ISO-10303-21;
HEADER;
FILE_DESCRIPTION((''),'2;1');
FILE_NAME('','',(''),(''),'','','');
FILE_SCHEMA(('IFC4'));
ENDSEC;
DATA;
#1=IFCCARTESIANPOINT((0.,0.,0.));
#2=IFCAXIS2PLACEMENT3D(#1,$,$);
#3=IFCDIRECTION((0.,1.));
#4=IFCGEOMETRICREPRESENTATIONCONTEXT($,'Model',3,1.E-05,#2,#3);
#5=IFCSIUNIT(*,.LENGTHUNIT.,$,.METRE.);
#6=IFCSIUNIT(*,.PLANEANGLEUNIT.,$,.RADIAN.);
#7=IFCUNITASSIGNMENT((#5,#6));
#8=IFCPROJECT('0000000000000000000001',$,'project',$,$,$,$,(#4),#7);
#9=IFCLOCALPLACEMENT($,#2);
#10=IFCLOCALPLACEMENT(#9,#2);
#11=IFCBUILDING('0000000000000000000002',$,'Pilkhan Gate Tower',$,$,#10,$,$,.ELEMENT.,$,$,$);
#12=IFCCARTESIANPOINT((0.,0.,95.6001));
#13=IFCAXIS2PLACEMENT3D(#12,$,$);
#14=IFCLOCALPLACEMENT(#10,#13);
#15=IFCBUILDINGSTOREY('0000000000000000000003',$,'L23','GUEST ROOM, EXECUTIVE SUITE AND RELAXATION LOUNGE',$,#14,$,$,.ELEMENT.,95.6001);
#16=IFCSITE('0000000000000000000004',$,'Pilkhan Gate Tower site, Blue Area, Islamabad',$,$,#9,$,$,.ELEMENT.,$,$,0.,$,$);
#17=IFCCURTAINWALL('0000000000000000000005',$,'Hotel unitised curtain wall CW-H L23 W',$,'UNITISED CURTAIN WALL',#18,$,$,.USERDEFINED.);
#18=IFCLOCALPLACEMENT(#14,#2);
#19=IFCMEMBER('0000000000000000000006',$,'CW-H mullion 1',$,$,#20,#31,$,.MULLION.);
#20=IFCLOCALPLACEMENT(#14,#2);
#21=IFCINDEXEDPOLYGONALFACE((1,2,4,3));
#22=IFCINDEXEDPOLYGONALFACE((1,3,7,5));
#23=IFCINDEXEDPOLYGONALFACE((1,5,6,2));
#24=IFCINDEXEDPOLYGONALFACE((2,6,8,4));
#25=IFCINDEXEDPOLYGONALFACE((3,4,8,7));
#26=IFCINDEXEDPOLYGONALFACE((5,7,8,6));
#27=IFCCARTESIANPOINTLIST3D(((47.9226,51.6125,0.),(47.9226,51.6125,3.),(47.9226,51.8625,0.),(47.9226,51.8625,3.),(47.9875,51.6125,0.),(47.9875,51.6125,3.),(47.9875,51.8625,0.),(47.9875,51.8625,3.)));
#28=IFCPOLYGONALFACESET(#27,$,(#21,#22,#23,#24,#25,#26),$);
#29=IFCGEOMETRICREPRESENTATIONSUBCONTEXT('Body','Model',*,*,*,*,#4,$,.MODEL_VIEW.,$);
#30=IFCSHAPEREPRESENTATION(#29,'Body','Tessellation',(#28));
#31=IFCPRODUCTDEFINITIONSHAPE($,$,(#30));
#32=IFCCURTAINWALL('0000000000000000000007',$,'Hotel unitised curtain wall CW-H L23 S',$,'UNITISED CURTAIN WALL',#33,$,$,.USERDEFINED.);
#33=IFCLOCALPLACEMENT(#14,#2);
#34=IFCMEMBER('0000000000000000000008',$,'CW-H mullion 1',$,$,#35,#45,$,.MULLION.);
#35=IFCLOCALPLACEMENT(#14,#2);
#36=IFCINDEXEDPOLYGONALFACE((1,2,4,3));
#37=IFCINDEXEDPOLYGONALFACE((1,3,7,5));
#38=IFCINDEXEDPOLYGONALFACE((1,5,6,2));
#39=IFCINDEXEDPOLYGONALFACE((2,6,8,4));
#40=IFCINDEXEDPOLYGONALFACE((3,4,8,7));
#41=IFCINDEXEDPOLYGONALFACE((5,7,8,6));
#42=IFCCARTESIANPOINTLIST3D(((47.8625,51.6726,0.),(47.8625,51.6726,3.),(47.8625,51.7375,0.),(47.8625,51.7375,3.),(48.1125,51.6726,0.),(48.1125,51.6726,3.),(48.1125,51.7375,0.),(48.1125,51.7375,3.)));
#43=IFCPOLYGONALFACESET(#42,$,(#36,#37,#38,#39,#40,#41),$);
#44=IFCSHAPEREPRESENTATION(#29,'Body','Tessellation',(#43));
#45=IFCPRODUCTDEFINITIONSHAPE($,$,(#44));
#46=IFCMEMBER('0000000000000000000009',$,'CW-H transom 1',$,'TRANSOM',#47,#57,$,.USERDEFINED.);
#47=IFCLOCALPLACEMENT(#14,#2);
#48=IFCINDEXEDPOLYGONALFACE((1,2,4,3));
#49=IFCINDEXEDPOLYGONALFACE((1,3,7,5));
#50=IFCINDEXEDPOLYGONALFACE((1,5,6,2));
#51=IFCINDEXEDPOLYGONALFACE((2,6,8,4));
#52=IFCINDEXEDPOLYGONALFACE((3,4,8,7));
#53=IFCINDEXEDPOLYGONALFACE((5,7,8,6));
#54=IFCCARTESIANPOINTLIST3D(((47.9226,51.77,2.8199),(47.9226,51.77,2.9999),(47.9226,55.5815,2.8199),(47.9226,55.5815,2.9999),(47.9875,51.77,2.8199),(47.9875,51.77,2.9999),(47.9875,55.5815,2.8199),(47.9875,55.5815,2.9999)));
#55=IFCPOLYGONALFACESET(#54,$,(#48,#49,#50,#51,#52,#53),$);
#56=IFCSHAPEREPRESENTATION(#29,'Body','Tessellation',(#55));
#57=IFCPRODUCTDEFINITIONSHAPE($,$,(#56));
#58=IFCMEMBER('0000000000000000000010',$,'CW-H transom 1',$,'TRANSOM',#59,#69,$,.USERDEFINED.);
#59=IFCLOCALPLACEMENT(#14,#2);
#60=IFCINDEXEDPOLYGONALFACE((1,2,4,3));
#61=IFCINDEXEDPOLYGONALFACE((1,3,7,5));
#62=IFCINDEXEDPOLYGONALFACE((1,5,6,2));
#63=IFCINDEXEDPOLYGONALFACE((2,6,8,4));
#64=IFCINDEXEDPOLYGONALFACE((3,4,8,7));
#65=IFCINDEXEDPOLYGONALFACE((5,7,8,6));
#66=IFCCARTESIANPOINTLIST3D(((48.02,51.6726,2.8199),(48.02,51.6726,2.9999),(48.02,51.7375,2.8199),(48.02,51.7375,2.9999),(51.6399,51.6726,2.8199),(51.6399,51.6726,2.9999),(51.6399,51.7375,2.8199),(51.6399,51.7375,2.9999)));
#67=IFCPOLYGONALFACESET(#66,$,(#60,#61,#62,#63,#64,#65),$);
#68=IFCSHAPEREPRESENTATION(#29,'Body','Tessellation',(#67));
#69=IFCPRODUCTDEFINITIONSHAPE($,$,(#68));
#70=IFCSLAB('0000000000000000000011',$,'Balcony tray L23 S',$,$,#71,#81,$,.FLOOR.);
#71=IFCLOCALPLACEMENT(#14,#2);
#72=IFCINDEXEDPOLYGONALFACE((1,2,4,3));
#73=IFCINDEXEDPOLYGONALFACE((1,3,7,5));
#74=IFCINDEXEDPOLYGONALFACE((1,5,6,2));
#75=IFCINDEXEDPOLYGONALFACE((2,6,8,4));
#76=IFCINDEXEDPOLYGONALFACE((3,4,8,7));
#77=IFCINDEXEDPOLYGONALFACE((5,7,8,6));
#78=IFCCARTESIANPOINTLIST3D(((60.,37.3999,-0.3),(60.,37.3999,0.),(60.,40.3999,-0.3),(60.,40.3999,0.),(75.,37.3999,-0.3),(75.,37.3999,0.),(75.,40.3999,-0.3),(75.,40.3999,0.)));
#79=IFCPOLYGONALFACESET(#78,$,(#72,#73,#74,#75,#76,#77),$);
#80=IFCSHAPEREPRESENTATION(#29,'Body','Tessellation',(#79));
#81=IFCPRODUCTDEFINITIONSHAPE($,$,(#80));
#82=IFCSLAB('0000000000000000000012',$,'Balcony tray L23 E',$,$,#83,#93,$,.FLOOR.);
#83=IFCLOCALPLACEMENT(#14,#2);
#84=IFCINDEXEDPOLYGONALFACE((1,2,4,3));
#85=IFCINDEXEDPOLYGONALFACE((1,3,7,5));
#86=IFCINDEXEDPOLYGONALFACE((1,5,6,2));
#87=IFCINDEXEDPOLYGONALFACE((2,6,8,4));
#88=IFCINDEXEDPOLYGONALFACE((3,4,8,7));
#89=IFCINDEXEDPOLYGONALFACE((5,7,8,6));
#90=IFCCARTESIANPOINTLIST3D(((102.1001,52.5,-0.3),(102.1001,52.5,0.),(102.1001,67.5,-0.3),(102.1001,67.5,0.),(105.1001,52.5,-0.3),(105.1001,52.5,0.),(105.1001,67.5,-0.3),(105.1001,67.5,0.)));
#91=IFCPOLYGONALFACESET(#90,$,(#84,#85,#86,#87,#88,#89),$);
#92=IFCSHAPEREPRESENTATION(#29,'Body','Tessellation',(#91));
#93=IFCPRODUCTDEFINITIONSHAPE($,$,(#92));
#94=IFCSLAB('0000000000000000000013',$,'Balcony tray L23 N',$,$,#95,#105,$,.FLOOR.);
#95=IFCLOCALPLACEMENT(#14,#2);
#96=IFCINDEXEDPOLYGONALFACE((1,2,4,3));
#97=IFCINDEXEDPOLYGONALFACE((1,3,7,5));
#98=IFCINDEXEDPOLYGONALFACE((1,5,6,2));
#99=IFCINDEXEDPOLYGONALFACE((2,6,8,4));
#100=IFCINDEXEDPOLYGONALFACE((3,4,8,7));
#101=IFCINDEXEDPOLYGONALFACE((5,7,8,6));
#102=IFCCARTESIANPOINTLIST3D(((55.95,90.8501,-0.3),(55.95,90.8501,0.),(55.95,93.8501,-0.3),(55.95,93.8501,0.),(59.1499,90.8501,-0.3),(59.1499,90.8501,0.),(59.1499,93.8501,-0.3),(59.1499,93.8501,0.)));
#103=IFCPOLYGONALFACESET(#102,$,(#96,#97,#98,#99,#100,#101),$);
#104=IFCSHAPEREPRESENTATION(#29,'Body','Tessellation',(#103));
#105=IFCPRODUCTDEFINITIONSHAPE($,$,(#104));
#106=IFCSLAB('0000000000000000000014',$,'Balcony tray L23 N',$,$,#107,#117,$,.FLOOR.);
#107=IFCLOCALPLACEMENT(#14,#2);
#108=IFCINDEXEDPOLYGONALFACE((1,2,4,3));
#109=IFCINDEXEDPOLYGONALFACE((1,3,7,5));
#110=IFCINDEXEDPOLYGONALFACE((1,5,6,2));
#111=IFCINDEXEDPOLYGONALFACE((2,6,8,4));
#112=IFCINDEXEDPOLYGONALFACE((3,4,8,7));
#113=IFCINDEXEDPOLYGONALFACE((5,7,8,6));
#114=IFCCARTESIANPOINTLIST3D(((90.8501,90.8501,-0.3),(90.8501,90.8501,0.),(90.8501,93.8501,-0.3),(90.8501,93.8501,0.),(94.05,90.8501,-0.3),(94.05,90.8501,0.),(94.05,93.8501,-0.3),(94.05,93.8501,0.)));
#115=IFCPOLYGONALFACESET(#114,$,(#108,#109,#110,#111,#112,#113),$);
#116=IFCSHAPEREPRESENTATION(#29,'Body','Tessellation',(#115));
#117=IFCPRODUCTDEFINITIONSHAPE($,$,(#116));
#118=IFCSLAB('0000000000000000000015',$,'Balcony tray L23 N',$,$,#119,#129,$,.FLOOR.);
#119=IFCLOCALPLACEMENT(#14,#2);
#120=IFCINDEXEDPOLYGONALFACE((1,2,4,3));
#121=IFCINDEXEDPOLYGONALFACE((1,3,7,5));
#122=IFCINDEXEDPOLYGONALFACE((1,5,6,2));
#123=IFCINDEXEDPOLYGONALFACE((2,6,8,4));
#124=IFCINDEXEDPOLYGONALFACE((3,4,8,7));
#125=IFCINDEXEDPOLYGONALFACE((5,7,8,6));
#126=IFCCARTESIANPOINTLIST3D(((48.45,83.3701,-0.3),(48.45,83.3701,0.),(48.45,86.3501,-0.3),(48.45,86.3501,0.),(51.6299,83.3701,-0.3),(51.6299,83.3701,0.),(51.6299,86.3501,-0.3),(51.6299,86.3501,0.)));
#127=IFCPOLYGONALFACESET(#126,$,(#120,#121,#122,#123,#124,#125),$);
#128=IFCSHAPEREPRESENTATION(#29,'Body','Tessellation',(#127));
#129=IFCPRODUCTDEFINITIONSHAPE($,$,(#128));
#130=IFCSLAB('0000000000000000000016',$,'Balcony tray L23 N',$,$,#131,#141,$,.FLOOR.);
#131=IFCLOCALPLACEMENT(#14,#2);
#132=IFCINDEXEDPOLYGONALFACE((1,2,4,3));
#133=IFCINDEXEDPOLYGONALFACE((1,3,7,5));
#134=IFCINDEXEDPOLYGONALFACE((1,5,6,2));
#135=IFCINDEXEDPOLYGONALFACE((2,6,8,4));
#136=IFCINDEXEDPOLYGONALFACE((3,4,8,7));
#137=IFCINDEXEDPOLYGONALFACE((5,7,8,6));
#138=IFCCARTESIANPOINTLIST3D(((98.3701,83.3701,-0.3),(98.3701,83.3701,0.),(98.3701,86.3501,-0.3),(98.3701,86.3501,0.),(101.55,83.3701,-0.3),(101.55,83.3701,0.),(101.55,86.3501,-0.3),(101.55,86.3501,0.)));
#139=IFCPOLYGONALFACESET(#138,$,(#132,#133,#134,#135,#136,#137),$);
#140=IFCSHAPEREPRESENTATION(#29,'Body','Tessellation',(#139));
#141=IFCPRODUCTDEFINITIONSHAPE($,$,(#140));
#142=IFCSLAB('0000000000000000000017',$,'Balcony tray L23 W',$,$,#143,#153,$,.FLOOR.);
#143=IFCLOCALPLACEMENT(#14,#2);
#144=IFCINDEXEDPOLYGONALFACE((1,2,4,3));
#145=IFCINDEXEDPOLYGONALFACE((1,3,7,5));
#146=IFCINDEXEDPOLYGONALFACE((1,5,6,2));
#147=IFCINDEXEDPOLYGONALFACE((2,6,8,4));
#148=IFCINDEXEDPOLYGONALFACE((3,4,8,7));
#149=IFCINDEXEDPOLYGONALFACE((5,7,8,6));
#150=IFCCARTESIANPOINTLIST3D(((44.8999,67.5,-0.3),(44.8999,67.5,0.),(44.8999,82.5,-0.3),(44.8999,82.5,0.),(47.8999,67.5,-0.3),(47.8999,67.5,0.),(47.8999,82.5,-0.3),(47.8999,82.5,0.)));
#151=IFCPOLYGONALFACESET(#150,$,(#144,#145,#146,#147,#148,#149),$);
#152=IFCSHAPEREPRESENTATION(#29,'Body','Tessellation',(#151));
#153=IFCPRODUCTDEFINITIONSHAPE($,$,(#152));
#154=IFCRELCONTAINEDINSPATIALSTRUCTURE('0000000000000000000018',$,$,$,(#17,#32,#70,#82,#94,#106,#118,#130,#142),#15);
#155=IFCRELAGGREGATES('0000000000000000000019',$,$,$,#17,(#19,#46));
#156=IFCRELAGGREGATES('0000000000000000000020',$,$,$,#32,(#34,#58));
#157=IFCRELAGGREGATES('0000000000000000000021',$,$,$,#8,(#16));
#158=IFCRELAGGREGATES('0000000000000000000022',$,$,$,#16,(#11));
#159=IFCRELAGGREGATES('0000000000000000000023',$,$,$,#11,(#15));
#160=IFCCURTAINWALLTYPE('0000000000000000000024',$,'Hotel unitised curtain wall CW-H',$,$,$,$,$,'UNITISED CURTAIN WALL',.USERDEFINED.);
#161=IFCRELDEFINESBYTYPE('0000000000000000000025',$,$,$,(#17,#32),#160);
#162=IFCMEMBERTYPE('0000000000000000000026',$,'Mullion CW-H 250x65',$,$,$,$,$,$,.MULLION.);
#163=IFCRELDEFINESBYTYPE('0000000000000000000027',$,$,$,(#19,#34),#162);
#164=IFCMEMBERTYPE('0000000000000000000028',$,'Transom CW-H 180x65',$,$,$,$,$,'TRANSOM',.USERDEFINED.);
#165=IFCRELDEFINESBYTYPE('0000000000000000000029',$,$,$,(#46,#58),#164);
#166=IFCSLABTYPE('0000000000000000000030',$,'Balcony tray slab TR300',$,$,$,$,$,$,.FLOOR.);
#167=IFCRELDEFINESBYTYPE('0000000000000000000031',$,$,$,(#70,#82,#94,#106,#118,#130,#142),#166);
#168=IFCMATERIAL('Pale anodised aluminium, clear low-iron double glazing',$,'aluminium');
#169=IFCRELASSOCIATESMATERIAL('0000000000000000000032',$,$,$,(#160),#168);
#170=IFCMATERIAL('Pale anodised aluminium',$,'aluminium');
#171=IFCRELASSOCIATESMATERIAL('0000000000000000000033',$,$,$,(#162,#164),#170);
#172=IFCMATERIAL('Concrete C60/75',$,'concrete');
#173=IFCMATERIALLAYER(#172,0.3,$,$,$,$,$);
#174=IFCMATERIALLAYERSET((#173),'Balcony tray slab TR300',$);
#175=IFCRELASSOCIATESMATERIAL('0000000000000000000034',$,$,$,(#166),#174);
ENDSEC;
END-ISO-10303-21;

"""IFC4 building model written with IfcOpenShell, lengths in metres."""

from ifc_helpers import new_model, si_unit, direction, frame, origin, origin_2d, place, context, subcontext, project, spatial, polyline, rectangle, outline, extrude, material, layer, layer_set, material_profile, profile_set, type_object, element, aggregate, save


model = new_model("IFC4")

# Units and contexts
model_context = context("Model", 3, precision=1e-05, world=origin(), true_north=direction((0.0, 1.0)))
body_context = subcontext(model_context, "Body", "Model", "MODEL_VIEW")
ifc_project = project(units=[si_unit("LENGTHUNIT", "METRE"), si_unit("PLANEANGLEUNIT", "RADIAN")], contexts=[model_context])

# Site, building, storey
site_placement = place(None, origin())
site = spatial("IfcSite", under=ifc_project, at=site_placement, Name="Pilkhan Gate Tower site, Blue Area, Islamabad", CompositionType="ELEMENT", RefElevation=0.0)
building_placement = place(site_placement, origin())
building = spatial("IfcBuilding", under=site, at=building_placement, Name="Pilkhan Gate Tower", CompositionType="ELEMENT")
storey_placement = place(building_placement, frame((0.0, 0.0, 95.6001)))
storey = spatial("IfcBuildingStorey", under=building, at=storey_placement, Name="L23", Description="GUEST ROOM, EXECUTIVE SUITE AND RELAXATION LOUNGE", CompositionType="ELEMENT", Elevation=95.6001)

# Curtain walls, members
ifc_material_1 = material(Name="Pale anodised aluminium, clear low-iron double glazing", Category="aluminium")
curtain_wall_type = type_object("IfcCurtainWallType", Name="Hotel unitised curtain wall CW-H", ElementType="UNITISED CURTAIN WALL", PredefinedType="USERDEFINED", material=ifc_material_1)
curtain_wall_1_placement = place(storey_placement, origin())
curtain_wall_1 = element("IfcCurtainWall", 1, at=curtain_wall_1_placement, inside=storey, type_object=curtain_wall_type, Name="Hotel unitised curtain wall CW-H L23 W", ObjectType="UNITISED CURTAIN WALL", PredefinedType="USERDEFINED")
ifc_material_2 = material(Name="Pale anodised aluminium", Category="aluminium")
ifc_material_profile_1 = material_profile(ifc_material_2, rectangle(XDim=0.0649, YDim=0.25, at=origin_2d()), Name="Mullion 250x65")
ifc_profile_set_1 = profile_set([ifc_material_profile_1], Name="Pale anodised aluminium")
member_type_1 = type_object("IfcMemberType", Name="Mullion CW-H 250x65", PredefinedType="MULLION", material=ifc_profile_set_1)
member_1_placement = place(storey_placement, frame((47.9551, 51.7375, 0.0), z_axis=(0.0, 0.0, 1.0), x_axis=(-1.0, 0.0, 0.0)))
member_1 = element("IfcMember", 2, at=member_1_placement, type_object=member_type_1, Name="CW-H mullion 1", PredefinedType="MULLION", context=body_context, shape_type="SweptSolid", body=[
    extrude(rectangle(XDim=0.0649, YDim=0.25, at=origin_2d()), origin(), (0.0, 0.0, 1.0), 3.0),
])
curtain_wall_2_placement = place(storey_placement, origin())
curtain_wall_2 = element("IfcCurtainWall", 3, at=curtain_wall_2_placement, inside=storey, type_object=curtain_wall_type, Name="Hotel unitised curtain wall CW-H L23 S", ObjectType="UNITISED CURTAIN WALL", PredefinedType="USERDEFINED")
member_2_placement = place(storey_placement, frame((47.9875, 51.7051, 0.0), z_axis=(0.0, 0.0, 1.0), x_axis=(0.0, 1.0, 0.0)))
member_2 = element("IfcMember", 4, at=member_2_placement, type_object=member_type_1, Name="CW-H mullion 1", PredefinedType="MULLION", context=body_context, shape_type="SweptSolid", body=[
    extrude(rectangle(XDim=0.0649, YDim=0.25, at=origin_2d()), origin(), (0.0, 0.0, 1.0), 3.0),
])

# Members
ifc_material_profile_2 = material_profile(ifc_material_2, rectangle(XDim=0.0649, YDim=0.1799, at=origin_2d()), Name="Transom 180x65")
ifc_profile_set_2 = profile_set([ifc_material_profile_2], Name="Pale anodised aluminium")
member_type_2 = type_object("IfcMemberType", Name="Transom CW-H 180x65", ElementType="TRANSOM", PredefinedType="USERDEFINED", material=ifc_profile_set_2)
member_3_placement = place(storey_placement, frame((47.9551, 51.77, 2.9099), z_axis=(0.0, 1.0, 0.0), x_axis=(-1.0, 0.0, 0.0)))
member_3 = element("IfcMember", 5, at=member_3_placement, type_object=member_type_2, Name="CW-H transom 1", ObjectType="TRANSOM", PredefinedType="USERDEFINED", context=body_context, shape_type="SweptSolid", body=[
    extrude(rectangle(XDim=0.0649, YDim=0.1799, at=origin_2d()), origin(), (0.0, 0.0, 1.0), 3.8115),
])
aggregate(curtain_wall_1, [member_1, member_3])
member_4_placement = place(storey_placement, frame((48.02, 51.7051, 2.9099), z_axis=(1.0, 0.0, 0.0), x_axis=(0.0, 1.0, 0.0)))
member_4 = element("IfcMember", 6, at=member_4_placement, type_object=member_type_2, Name="CW-H transom 1", ObjectType="TRANSOM", PredefinedType="USERDEFINED", context=body_context, shape_type="SweptSolid", body=[
    extrude(rectangle(XDim=0.0649, YDim=0.1799, at=origin_2d()), origin(), (0.0, 0.0, 1.0), 3.6199),
])
aggregate(curtain_wall_2, [member_2, member_4])

# Slabs
ifc_material_3 = material(Name="Concrete C60/75", Category="concrete")
ifc_layer_1 = layer(ifc_material_3, 0.3)
ifc_layer_set_1 = layer_set([ifc_layer_1], Name="Balcony tray slab TR300")
slab_type_1 = type_object("IfcSlabType", Name="Balcony tray slab TR300", PredefinedType="FLOOR", material=ifc_layer_set_1)
slab_1_placement = place(storey_placement, frame((0.0, 0.0, -0.3)))
element("IfcSlab", 7, at=slab_1_placement, inside=storey, type_object=slab_type_1, Name="Balcony tray L23 S", PredefinedType="FLOOR", context=body_context, shape_type="SweptSolid", body=[
    extrude(outline(polyline([(75.0, 37.3999), (75.0, 40.3999), (60.0, 40.3999), (60.0, 37.3999), (75.0, 37.3999)])), origin(), (0.0, 0.0, 1.0), 0.3),
])
slab_2_placement = place(storey_placement, frame((0.0, 0.0, -0.3)))
element("IfcSlab", 8, at=slab_2_placement, inside=storey, type_object=slab_type_1, Name="Balcony tray L23 E", PredefinedType="FLOOR", context=body_context, shape_type="SweptSolid", body=[
    extrude(outline(polyline([(105.1001, 52.5), (105.1001, 67.5), (102.1001, 67.5), (102.1001, 52.5), (105.1001, 52.5)])), origin(), (0.0, 0.0, 1.0), 0.3),
])
slab_3_placement = place(storey_placement, frame((0.0, 0.0, -0.3)))
element("IfcSlab", 9, at=slab_3_placement, inside=storey, type_object=slab_type_1, Name="Balcony tray L23 N", PredefinedType="FLOOR", context=body_context, shape_type="SweptSolid", body=[
    extrude(outline(polyline([(59.1499, 90.8501), (59.1499, 93.8501), (55.95, 93.8501), (55.95, 90.8501), (59.1499, 90.8501)])), origin(), (0.0, 0.0, 1.0), 0.3),
])
slab_4_placement = place(storey_placement, frame((0.0, 0.0, -0.3)))
element("IfcSlab", 10, at=slab_4_placement, inside=storey, type_object=slab_type_1, Name="Balcony tray L23 N", PredefinedType="FLOOR", context=body_context, shape_type="SweptSolid", body=[
    extrude(outline(polyline([(94.05, 90.8501), (94.05, 93.8501), (90.8501, 93.8501), (90.8501, 90.8501), (94.05, 90.8501)])), origin(), (0.0, 0.0, 1.0), 0.3),
])
slab_5_placement = place(storey_placement, frame((0.0, 0.0, -0.3)))
element("IfcSlab", 11, at=slab_5_placement, inside=storey, type_object=slab_type_1, Name="Balcony tray L23 N", PredefinedType="FLOOR", context=body_context, shape_type="SweptSolid", body=[
    extrude(outline(polyline([(51.6299, 83.3701), (51.6299, 86.3501), (48.45, 86.3501), (48.45, 83.3701), (51.6299, 83.3701)])), origin(), (0.0, 0.0, 1.0), 0.3),
])
slab_6_placement = place(storey_placement, frame((0.0, 0.0, -0.3)))
element("IfcSlab", 12, at=slab_6_placement, inside=storey, type_object=slab_type_1, Name="Balcony tray L23 N", PredefinedType="FLOOR", context=body_context, shape_type="SweptSolid", body=[
    extrude(outline(polyline([(101.55, 83.3701), (101.55, 86.3501), (98.3701, 86.3501), (98.3701, 83.3701), (101.55, 83.3701)])), origin(), (0.0, 0.0, 1.0), 0.3),
])
slab_7_placement = place(storey_placement, frame((0.0, 0.0, -0.3)))
element("IfcSlab", 13, at=slab_7_placement, inside=storey, type_object=slab_type_1, Name="Balcony tray L23 W", PredefinedType="FLOOR", context=body_context, shape_type="SweptSolid", body=[
    extrude(outline(polyline([(47.8999, 67.5), (47.8999, 82.5), (44.8999, 82.5), (44.8999, 67.5), (47.8999, 67.5)])), origin(), (0.0, 0.0, 1.0), 0.3),
])

save(model, "model.ifc")
